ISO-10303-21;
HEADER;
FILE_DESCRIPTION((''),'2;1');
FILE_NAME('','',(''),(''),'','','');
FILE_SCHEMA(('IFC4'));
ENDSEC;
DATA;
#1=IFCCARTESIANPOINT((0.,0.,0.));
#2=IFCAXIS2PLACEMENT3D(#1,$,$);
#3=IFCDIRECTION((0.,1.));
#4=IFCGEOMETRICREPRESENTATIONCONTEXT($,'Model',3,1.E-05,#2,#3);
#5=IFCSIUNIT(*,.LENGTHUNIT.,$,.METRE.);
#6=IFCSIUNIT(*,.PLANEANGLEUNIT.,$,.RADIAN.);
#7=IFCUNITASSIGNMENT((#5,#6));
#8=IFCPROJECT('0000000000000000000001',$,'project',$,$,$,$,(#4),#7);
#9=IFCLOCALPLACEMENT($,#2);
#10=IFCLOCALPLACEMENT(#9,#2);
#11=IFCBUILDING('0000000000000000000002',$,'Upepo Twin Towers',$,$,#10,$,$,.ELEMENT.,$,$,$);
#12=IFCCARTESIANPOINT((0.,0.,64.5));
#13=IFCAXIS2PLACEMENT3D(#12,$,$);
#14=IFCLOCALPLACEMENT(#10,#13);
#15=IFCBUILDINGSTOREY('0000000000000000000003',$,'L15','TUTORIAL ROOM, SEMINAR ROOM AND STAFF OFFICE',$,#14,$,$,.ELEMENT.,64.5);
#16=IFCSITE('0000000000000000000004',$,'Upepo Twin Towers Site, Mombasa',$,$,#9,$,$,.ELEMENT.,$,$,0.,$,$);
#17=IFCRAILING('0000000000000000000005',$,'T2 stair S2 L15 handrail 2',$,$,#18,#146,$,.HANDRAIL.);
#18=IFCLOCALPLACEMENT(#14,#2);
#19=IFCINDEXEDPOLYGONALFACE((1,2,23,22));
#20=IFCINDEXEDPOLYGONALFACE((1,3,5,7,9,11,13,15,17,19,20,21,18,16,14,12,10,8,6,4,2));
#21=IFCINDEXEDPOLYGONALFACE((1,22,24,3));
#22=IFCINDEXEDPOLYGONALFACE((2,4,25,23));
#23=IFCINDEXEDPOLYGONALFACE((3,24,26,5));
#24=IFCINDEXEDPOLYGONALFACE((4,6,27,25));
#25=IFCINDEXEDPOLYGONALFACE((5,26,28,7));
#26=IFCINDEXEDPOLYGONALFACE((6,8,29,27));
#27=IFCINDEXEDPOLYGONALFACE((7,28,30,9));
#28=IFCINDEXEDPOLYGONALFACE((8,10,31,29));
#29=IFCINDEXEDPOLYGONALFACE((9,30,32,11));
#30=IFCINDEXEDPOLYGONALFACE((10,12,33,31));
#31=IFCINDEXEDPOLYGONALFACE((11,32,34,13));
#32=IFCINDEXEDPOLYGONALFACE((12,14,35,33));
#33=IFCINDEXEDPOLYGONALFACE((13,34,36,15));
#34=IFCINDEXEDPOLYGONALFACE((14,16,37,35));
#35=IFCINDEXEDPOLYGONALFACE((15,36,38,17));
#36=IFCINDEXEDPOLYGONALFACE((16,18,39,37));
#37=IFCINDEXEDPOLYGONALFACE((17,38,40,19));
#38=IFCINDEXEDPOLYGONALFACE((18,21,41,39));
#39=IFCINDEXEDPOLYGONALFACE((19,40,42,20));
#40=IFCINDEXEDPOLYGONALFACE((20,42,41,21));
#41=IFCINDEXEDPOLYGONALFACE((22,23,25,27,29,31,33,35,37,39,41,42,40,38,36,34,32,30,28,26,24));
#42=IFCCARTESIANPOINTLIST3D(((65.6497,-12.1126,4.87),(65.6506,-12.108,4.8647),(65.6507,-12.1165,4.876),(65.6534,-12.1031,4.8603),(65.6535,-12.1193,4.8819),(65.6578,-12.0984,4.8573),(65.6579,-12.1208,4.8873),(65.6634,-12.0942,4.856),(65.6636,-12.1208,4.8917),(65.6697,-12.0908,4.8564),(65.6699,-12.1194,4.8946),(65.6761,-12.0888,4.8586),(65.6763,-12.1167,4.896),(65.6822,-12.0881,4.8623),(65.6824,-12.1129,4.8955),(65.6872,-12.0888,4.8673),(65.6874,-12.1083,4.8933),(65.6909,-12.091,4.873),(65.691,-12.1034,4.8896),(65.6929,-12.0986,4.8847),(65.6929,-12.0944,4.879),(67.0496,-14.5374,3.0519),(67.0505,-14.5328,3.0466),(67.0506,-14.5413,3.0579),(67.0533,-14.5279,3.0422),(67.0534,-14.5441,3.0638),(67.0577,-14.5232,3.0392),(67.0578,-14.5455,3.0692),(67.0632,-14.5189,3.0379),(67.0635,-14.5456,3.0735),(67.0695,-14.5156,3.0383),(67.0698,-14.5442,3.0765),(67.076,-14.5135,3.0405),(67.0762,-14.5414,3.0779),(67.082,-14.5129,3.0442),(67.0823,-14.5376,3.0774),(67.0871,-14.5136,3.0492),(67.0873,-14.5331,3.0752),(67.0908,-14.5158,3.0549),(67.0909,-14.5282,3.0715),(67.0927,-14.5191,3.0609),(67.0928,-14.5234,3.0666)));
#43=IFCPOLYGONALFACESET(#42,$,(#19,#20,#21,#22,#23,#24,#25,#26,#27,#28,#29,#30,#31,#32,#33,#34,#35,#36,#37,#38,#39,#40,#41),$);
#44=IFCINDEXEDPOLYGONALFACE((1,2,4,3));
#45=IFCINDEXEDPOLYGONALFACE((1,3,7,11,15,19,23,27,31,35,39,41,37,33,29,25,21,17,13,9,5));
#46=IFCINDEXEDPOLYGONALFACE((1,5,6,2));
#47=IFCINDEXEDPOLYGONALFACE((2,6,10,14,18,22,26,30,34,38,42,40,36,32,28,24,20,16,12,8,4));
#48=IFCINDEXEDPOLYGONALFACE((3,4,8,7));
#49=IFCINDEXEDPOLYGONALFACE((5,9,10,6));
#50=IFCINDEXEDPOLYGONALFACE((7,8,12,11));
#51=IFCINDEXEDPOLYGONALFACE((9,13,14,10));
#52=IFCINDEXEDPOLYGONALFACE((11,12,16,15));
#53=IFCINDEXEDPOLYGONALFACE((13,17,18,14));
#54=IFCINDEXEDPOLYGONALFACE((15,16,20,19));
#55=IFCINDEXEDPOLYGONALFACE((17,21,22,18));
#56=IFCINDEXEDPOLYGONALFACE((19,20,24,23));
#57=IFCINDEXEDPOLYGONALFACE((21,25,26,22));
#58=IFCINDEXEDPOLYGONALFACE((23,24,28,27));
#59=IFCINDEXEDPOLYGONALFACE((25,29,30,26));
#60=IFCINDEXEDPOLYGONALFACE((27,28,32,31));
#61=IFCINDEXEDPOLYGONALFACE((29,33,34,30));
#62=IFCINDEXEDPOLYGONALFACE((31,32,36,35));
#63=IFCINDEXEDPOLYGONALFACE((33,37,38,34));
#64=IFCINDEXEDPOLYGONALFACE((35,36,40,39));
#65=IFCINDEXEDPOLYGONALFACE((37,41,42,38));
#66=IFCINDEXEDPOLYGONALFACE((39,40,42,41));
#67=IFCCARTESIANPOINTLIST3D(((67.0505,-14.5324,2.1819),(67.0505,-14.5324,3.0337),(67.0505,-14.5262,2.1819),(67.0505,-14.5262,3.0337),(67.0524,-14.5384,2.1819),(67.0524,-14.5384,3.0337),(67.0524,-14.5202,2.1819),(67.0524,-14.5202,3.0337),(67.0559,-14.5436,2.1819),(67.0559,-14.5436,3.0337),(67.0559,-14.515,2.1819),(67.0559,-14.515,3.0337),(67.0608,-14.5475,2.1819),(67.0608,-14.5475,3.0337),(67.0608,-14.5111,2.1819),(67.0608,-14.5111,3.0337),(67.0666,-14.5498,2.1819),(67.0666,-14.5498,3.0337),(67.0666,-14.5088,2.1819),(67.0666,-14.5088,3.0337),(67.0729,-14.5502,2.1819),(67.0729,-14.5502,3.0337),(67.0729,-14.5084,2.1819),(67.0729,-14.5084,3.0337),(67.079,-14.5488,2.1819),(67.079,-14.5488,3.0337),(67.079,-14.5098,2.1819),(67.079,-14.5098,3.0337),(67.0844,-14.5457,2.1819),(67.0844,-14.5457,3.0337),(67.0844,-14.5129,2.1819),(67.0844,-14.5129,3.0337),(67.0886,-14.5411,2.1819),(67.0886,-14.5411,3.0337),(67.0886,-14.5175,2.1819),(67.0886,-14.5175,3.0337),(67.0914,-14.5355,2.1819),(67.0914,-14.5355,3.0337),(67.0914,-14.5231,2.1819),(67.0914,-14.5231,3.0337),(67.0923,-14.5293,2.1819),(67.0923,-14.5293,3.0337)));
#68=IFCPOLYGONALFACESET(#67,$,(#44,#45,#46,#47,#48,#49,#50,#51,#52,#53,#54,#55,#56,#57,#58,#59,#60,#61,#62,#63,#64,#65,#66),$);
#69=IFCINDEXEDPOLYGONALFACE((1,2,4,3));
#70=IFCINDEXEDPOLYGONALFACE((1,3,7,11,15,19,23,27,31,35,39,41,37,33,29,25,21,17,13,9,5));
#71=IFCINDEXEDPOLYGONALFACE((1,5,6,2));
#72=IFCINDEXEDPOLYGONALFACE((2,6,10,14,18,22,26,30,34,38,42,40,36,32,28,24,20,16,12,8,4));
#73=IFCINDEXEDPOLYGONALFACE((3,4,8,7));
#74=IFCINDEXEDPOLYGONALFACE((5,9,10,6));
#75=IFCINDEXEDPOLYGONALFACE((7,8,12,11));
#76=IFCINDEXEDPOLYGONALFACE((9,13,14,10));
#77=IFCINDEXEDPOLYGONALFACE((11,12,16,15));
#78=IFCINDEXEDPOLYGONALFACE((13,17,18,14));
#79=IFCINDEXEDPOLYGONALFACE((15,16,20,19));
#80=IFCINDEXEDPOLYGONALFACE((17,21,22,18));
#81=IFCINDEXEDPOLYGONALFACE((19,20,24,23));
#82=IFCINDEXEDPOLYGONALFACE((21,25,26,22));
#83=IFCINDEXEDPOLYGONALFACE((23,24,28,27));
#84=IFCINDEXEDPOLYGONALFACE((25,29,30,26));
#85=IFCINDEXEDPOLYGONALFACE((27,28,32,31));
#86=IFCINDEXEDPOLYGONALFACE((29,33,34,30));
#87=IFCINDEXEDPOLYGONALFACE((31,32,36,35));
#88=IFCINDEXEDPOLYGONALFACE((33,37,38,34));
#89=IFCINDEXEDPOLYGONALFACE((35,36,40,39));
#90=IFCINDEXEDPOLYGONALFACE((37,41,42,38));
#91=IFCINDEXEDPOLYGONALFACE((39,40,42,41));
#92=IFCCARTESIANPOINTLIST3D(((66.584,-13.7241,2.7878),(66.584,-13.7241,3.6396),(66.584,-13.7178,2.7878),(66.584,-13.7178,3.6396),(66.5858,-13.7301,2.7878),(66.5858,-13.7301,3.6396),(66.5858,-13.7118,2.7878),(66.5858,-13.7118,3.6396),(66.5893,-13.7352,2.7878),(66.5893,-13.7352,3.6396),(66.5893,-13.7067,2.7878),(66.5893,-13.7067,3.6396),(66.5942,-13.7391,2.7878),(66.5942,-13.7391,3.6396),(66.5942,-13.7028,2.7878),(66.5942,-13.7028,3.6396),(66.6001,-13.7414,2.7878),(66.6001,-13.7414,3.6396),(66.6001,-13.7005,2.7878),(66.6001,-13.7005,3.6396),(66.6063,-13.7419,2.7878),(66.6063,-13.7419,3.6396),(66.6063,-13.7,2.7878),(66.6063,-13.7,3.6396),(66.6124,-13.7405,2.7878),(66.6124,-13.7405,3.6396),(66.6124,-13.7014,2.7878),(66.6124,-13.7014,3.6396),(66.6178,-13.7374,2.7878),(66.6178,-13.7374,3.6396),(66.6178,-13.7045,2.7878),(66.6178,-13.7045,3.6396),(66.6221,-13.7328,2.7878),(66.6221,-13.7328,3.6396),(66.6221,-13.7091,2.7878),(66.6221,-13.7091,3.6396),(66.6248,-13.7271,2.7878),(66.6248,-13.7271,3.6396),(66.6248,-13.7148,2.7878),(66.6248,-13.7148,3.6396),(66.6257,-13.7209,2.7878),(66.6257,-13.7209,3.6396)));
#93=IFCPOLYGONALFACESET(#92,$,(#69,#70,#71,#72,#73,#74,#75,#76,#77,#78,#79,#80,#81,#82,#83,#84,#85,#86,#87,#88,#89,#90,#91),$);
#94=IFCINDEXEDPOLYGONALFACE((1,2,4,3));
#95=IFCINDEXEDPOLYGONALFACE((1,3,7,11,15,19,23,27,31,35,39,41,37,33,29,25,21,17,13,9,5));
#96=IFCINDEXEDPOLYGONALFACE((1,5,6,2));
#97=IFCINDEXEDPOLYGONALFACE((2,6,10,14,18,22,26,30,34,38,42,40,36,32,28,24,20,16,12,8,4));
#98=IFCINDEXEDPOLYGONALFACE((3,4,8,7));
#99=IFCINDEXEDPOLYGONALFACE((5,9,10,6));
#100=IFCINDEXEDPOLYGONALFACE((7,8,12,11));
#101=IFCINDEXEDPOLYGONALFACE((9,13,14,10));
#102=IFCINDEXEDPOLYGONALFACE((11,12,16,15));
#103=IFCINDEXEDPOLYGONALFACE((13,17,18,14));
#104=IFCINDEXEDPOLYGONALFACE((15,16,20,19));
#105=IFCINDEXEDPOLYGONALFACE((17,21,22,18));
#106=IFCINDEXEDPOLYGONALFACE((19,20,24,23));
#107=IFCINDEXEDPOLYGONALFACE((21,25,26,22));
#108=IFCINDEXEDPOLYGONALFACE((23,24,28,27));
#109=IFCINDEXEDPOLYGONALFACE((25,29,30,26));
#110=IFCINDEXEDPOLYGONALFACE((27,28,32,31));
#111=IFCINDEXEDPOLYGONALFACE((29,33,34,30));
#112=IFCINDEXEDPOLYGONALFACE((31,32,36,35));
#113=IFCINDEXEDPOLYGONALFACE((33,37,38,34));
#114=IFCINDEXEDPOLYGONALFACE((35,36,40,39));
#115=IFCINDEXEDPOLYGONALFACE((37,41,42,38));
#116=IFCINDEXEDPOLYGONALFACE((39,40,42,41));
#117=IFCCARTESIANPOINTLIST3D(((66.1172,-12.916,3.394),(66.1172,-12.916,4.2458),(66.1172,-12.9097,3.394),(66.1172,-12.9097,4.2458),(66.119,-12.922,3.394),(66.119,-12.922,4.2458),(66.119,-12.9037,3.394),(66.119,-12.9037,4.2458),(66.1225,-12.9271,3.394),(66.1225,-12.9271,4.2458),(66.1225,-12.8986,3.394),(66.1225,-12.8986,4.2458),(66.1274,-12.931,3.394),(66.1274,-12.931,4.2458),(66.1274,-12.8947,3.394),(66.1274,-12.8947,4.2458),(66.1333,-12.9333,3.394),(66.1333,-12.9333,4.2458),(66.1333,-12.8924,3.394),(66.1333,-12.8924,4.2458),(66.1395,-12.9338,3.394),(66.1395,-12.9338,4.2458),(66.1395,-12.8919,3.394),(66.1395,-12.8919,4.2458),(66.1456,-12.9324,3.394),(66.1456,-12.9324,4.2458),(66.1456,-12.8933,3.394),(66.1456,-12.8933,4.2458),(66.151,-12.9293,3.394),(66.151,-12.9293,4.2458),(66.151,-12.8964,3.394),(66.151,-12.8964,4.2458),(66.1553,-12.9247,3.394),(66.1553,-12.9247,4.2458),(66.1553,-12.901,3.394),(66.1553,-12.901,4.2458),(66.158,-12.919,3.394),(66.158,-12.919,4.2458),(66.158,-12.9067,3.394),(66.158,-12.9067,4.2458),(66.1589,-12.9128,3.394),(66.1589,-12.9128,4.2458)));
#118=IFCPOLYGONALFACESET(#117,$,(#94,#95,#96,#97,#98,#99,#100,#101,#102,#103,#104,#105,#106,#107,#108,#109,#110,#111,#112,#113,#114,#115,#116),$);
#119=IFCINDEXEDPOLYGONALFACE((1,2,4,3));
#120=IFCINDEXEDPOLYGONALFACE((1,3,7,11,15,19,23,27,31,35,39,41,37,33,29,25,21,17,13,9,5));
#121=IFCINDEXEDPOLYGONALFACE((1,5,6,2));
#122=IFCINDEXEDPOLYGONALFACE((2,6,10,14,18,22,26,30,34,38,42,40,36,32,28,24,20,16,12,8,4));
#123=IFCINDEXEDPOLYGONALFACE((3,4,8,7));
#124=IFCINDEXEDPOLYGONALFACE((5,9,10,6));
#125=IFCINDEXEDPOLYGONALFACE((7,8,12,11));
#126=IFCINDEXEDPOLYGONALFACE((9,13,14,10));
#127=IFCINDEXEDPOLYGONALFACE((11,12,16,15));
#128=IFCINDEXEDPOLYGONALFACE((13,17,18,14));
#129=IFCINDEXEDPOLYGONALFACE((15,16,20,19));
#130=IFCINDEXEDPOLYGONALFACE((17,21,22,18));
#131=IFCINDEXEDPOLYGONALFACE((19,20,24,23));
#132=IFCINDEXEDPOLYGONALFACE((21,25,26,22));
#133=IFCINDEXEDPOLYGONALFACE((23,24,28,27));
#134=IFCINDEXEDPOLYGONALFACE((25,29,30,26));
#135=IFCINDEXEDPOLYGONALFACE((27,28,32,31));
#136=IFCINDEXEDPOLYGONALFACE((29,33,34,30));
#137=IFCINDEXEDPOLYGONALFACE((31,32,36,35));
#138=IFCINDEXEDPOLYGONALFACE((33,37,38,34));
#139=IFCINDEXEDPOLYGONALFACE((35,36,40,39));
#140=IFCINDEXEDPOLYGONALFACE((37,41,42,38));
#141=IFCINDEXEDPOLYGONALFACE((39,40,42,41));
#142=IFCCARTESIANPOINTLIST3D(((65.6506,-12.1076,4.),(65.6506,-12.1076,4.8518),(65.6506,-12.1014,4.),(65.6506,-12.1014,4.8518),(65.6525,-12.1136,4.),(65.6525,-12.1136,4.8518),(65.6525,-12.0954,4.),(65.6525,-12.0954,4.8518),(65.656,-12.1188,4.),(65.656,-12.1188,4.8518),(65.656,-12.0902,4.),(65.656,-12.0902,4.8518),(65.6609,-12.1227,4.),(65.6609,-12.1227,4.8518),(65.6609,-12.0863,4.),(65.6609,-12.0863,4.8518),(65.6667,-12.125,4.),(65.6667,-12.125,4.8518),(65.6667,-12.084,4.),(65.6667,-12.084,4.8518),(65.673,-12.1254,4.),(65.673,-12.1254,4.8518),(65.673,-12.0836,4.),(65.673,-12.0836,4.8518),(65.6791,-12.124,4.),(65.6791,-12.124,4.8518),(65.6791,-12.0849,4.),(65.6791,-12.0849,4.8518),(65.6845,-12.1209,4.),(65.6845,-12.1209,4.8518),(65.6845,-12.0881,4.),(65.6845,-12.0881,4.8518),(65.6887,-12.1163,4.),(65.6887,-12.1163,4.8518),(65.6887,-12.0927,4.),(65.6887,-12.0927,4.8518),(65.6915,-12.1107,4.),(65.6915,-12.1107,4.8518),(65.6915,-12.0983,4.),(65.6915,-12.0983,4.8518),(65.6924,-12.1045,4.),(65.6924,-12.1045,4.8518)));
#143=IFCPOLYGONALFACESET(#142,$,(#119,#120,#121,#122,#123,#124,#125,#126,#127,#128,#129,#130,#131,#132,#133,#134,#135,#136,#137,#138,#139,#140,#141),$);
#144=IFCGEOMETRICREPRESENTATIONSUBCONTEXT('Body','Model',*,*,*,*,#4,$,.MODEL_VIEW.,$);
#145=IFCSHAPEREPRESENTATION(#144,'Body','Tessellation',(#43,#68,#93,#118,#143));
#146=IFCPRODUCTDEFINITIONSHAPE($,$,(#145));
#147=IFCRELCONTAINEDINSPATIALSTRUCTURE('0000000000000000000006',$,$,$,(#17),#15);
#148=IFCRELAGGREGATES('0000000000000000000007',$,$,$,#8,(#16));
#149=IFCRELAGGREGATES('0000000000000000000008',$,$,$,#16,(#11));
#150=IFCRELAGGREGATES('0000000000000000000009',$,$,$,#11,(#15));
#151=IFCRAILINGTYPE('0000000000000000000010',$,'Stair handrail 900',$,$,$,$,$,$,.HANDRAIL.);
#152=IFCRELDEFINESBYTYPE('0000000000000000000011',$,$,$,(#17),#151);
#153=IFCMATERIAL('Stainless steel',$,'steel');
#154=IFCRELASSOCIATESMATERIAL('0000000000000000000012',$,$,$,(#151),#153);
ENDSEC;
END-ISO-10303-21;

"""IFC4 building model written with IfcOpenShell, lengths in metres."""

from ifc_helpers import new_model, si_unit, direction, frame, origin, origin_2d, place, context, subcontext, project, spatial, circle, extrude, material, type_object, element, save


model = new_model("IFC4")

# Units and contexts
model_context = context("Model", 3, precision=1e-05, world=origin(), true_north=direction((0.0, 1.0)))
body_context = subcontext(model_context, "Body", "Model", "MODEL_VIEW")
ifc_project = project(units=[si_unit("LENGTHUNIT", "METRE"), si_unit("PLANEANGLEUNIT", "RADIAN")], contexts=[model_context])

# Site, building, storey
site_placement = place(None, origin())
site = spatial("IfcSite", under=ifc_project, at=site_placement, Name="Upepo Twin Towers Site, Mombasa", CompositionType="ELEMENT", RefElevation=0.0)
building_placement = place(site_placement, origin())
building = spatial("IfcBuilding", under=site, at=building_placement, Name="Upepo Twin Towers", CompositionType="ELEMENT")
storey_placement = place(building_placement, frame((0.0, 0.0, 64.5)))
storey = spatial("IfcBuildingStorey", under=building, at=storey_placement, Name="L15", Description="TUTORIAL ROOM, SEMINAR ROOM AND STAFF OFFICE", CompositionType="ELEMENT", Elevation=64.5)

# Railing
ifc_material_1 = material(Name="Stainless steel", Category="steel")
railing_type = type_object("IfcRailingType", Name="Stair handrail 900", PredefinedType="HANDRAIL", material=ifc_material_1)
railing_1_placement = place(storey_placement, frame((67.0713, -14.5293, 2.1819)))
element("IfcRailing", 1, at=railing_1_placement, inside=storey, type_object=railing_type, Name="T2 stair S2 L15 handrail 2", PredefinedType="HANDRAIL", context=body_context, shape_type="SweptSolid", body=[
    extrude(circle(Radius=0.0239, at=origin_2d()), frame((0.0, 0.0, 0.876), z_axis=(-0.419333, 0.726336, 0.544606), x_axis=(-0.866035, -0.499984, 0.0)), (0.0, 0.0, 1.0), 3.3384),
    extrude(circle(Radius=0.021, at=origin_2d()), origin(), (0.0, 0.0, 1.0), 0.8518),
    extrude(circle(Radius=0.021, at=origin_2d()), frame((-0.4666, 0.8083, 0.606)), (0.0, 0.0, 1.0), 0.8518),
    extrude(circle(Radius=0.021, at=origin_2d()), frame((-0.9333, 1.6165, 1.2122)), (0.0, 0.0, 1.0), 0.8518),
    extrude(circle(Radius=0.021, at=origin_2d()), frame((-1.3999, 2.4248, 1.8181)), (0.0, 0.0, 1.0), 0.8518),
])

save(model, "model.ifc")
